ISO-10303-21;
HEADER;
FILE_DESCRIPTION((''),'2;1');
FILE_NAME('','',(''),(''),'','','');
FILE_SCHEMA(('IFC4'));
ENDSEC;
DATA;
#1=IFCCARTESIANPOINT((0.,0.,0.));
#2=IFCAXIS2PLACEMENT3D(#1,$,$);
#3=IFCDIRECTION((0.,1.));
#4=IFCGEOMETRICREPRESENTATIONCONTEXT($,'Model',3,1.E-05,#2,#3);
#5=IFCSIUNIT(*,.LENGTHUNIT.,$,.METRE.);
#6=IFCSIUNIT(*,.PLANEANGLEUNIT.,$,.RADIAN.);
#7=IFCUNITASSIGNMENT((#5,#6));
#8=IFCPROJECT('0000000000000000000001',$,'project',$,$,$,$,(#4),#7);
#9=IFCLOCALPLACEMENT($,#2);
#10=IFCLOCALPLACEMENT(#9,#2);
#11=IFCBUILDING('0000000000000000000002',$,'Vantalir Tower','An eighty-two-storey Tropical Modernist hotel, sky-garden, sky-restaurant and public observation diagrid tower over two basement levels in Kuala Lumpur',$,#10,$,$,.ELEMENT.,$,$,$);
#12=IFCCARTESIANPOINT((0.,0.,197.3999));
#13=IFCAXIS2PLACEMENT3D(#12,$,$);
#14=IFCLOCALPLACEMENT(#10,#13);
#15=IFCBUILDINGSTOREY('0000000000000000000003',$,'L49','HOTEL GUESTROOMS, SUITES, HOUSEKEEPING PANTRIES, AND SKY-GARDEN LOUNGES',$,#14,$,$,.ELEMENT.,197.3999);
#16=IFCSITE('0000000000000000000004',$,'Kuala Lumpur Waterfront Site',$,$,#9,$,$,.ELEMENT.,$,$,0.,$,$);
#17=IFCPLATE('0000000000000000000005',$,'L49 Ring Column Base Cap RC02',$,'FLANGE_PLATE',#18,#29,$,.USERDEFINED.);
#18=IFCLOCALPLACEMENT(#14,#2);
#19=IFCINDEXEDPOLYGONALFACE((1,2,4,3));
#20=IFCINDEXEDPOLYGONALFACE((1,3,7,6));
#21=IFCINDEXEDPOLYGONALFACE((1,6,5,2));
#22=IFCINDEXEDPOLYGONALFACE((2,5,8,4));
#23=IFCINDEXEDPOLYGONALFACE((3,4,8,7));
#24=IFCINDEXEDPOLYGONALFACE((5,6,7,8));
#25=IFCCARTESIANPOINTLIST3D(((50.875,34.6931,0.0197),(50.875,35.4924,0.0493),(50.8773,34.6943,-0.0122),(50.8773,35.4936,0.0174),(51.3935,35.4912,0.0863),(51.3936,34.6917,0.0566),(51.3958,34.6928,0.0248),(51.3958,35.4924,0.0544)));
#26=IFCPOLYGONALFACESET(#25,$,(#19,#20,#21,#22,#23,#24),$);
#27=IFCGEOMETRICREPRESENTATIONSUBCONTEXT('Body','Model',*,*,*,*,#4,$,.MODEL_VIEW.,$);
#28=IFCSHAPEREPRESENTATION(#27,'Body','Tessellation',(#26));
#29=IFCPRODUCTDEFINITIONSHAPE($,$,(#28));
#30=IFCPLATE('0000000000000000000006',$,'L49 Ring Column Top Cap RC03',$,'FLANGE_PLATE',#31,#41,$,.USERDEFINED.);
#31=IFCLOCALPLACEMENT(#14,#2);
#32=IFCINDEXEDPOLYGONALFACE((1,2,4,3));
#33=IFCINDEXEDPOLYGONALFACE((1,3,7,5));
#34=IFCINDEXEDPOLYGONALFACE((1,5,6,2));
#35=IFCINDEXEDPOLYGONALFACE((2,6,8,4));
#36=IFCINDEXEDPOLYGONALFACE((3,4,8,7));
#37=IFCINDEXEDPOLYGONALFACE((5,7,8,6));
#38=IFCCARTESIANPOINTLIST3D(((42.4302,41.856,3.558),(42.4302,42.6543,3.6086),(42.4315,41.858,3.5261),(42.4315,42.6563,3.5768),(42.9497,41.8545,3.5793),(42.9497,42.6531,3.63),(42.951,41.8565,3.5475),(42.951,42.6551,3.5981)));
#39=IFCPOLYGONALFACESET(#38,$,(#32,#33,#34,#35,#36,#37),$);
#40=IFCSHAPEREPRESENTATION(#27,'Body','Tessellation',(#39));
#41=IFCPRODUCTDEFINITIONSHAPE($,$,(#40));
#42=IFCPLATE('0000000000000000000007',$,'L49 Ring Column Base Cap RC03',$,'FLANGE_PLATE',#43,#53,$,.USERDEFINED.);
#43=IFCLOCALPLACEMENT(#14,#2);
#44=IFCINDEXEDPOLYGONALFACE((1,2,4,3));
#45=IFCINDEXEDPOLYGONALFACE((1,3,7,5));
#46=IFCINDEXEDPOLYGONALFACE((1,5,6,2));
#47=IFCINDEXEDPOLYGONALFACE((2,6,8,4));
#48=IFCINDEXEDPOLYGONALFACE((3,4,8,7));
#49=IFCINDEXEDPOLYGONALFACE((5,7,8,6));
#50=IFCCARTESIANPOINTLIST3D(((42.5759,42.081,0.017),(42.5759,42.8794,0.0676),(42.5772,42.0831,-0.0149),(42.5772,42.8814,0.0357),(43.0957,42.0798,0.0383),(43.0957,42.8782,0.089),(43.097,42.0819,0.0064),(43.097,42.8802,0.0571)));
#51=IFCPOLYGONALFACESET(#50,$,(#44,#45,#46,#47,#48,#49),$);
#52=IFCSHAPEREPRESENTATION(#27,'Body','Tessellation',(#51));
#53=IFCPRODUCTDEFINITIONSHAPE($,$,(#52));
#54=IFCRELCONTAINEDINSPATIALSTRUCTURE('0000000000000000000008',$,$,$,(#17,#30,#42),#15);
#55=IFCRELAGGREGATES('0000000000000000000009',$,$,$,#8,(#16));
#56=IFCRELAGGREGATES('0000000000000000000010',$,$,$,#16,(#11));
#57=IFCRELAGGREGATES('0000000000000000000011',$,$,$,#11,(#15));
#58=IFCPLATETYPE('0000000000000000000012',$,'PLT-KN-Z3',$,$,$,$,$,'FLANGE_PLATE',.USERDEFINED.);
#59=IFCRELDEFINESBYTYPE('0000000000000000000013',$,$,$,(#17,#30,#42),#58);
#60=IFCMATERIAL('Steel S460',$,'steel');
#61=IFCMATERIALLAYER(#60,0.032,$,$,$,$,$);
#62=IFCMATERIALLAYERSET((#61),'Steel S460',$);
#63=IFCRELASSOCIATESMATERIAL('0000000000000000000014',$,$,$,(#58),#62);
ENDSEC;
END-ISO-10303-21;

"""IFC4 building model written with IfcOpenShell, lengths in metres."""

from ifc_helpers import new_model, si_unit, direction, frame, origin, place, context, subcontext, project, spatial, polyline, outline, extrude, material, layer, layer_set, type_object, element, save


model = new_model("IFC4")

# Units and contexts
model_context = context("Model", 3, precision=1e-05, world=origin(), true_north=direction((0.0, 1.0)))
body_context = subcontext(model_context, "Body", "Model", "MODEL_VIEW")
ifc_project = project(units=[si_unit("LENGTHUNIT", "METRE"), si_unit("PLANEANGLEUNIT", "RADIAN")], contexts=[model_context])

# Site, building, storey
site_placement = place(None, origin())
site = spatial("IfcSite", under=ifc_project, at=site_placement, Name="Kuala Lumpur Waterfront Site", CompositionType="ELEMENT", RefElevation=0.0)
building_placement = place(site_placement, origin())
building = spatial("IfcBuilding", under=site, at=building_placement, Name="Vantalir Tower", Description="An eighty-two-storey Tropical Modernist hotel, sky-garden, sky-restaurant and public observation diagrid tower over two basement levels in Kuala Lumpur", CompositionType="ELEMENT")
storey_placement = place(building_placement, frame((0.0, 0.0, 197.3999)))
storey = spatial("IfcBuildingStorey", under=building, at=storey_placement, Name="L49", Description="HOTEL GUESTROOMS, SUITES, HOUSEKEEPING PANTRIES, AND SKY-GARDEN LOUNGES", CompositionType="ELEMENT", Elevation=197.3999)

# Shared definitions
ifc_material_1 = material(Name="Steel S460", Category="steel")

# Plates
ifc_layer_1 = layer(ifc_material_1, 0.032)
ifc_layer_set_1 = layer_set([ifc_layer_1], Name="Steel S460")
plate_type_1 = type_object("IfcPlateType", Name="PLT-KN-Z3", ElementType="FLANGE_PLATE", PredefinedType="USERDEFINED", material=ifc_layer_set_1)
plate_1_placement = place(storey_placement, frame((50.875, 35.4924, 0.0493), z_axis=(-0.071194, -0.036985, 0.996777), x_axis=(-0.000011, -0.999312, -0.03708)))
element("IfcPlate", 1, at=plate_1_placement, inside=storey, type_object=plate_type_1, Name="L49 Ring Column Base Cap RC02", ObjectType="FLANGE_PLATE", PredefinedType="USERDEFINED", context=body_context, shape_type="SweptSolid", body=[
    extrude(outline(polyline([(0.0, 0.0), (0.7999, 0.0), (0.8, 0.5199), (-0.0002, 0.5199), (0.0, 0.0)])), origin(), (0.0, 0.0, -1.0), 0.032),
])
plate_2_placement = place(storey_placement, frame((42.4302, 42.6543, 3.6086), z_axis=(-0.041165, -0.063265, 0.997147), x_axis=(0.000006, -0.997993, -0.063318)))
element("IfcPlate", 2, at=plate_2_placement, inside=storey, type_object=plate_type_1, Name="L49 Ring Column Top Cap RC03", ObjectType="FLANGE_PLATE", PredefinedType="USERDEFINED", context=body_context, shape_type="SweptSolid", body=[
    extrude(outline(polyline([(0.0, 0.0), (0.7999, 0.0), (0.8001, 0.52), (-0.0001, 0.52), (0.0, 0.0)])), origin(), (0.0, 0.0, -1.0), 0.032),
])
plate_3_placement = place(storey_placement, frame((42.5759, 42.8794, 0.0676), z_axis=(-0.041131, -0.063275, 0.997148), x_axis=(-0.000006, -0.997993, -0.063329)))
element("IfcPlate", 3, at=plate_3_placement, inside=storey, type_object=plate_type_1, Name="L49 Ring Column Base Cap RC03", ObjectType="FLANGE_PLATE", PredefinedType="USERDEFINED", context=body_context, shape_type="SweptSolid", body=[
    extrude(outline(polyline([(0.0, 0.0), (0.8, 0.0), (0.7998, 0.5202), (-0.0001, 0.5202), (0.0, 0.0)])), origin(), (0.0, 0.0, -1.0), 0.032),
])

save(model, "model.ifc")
